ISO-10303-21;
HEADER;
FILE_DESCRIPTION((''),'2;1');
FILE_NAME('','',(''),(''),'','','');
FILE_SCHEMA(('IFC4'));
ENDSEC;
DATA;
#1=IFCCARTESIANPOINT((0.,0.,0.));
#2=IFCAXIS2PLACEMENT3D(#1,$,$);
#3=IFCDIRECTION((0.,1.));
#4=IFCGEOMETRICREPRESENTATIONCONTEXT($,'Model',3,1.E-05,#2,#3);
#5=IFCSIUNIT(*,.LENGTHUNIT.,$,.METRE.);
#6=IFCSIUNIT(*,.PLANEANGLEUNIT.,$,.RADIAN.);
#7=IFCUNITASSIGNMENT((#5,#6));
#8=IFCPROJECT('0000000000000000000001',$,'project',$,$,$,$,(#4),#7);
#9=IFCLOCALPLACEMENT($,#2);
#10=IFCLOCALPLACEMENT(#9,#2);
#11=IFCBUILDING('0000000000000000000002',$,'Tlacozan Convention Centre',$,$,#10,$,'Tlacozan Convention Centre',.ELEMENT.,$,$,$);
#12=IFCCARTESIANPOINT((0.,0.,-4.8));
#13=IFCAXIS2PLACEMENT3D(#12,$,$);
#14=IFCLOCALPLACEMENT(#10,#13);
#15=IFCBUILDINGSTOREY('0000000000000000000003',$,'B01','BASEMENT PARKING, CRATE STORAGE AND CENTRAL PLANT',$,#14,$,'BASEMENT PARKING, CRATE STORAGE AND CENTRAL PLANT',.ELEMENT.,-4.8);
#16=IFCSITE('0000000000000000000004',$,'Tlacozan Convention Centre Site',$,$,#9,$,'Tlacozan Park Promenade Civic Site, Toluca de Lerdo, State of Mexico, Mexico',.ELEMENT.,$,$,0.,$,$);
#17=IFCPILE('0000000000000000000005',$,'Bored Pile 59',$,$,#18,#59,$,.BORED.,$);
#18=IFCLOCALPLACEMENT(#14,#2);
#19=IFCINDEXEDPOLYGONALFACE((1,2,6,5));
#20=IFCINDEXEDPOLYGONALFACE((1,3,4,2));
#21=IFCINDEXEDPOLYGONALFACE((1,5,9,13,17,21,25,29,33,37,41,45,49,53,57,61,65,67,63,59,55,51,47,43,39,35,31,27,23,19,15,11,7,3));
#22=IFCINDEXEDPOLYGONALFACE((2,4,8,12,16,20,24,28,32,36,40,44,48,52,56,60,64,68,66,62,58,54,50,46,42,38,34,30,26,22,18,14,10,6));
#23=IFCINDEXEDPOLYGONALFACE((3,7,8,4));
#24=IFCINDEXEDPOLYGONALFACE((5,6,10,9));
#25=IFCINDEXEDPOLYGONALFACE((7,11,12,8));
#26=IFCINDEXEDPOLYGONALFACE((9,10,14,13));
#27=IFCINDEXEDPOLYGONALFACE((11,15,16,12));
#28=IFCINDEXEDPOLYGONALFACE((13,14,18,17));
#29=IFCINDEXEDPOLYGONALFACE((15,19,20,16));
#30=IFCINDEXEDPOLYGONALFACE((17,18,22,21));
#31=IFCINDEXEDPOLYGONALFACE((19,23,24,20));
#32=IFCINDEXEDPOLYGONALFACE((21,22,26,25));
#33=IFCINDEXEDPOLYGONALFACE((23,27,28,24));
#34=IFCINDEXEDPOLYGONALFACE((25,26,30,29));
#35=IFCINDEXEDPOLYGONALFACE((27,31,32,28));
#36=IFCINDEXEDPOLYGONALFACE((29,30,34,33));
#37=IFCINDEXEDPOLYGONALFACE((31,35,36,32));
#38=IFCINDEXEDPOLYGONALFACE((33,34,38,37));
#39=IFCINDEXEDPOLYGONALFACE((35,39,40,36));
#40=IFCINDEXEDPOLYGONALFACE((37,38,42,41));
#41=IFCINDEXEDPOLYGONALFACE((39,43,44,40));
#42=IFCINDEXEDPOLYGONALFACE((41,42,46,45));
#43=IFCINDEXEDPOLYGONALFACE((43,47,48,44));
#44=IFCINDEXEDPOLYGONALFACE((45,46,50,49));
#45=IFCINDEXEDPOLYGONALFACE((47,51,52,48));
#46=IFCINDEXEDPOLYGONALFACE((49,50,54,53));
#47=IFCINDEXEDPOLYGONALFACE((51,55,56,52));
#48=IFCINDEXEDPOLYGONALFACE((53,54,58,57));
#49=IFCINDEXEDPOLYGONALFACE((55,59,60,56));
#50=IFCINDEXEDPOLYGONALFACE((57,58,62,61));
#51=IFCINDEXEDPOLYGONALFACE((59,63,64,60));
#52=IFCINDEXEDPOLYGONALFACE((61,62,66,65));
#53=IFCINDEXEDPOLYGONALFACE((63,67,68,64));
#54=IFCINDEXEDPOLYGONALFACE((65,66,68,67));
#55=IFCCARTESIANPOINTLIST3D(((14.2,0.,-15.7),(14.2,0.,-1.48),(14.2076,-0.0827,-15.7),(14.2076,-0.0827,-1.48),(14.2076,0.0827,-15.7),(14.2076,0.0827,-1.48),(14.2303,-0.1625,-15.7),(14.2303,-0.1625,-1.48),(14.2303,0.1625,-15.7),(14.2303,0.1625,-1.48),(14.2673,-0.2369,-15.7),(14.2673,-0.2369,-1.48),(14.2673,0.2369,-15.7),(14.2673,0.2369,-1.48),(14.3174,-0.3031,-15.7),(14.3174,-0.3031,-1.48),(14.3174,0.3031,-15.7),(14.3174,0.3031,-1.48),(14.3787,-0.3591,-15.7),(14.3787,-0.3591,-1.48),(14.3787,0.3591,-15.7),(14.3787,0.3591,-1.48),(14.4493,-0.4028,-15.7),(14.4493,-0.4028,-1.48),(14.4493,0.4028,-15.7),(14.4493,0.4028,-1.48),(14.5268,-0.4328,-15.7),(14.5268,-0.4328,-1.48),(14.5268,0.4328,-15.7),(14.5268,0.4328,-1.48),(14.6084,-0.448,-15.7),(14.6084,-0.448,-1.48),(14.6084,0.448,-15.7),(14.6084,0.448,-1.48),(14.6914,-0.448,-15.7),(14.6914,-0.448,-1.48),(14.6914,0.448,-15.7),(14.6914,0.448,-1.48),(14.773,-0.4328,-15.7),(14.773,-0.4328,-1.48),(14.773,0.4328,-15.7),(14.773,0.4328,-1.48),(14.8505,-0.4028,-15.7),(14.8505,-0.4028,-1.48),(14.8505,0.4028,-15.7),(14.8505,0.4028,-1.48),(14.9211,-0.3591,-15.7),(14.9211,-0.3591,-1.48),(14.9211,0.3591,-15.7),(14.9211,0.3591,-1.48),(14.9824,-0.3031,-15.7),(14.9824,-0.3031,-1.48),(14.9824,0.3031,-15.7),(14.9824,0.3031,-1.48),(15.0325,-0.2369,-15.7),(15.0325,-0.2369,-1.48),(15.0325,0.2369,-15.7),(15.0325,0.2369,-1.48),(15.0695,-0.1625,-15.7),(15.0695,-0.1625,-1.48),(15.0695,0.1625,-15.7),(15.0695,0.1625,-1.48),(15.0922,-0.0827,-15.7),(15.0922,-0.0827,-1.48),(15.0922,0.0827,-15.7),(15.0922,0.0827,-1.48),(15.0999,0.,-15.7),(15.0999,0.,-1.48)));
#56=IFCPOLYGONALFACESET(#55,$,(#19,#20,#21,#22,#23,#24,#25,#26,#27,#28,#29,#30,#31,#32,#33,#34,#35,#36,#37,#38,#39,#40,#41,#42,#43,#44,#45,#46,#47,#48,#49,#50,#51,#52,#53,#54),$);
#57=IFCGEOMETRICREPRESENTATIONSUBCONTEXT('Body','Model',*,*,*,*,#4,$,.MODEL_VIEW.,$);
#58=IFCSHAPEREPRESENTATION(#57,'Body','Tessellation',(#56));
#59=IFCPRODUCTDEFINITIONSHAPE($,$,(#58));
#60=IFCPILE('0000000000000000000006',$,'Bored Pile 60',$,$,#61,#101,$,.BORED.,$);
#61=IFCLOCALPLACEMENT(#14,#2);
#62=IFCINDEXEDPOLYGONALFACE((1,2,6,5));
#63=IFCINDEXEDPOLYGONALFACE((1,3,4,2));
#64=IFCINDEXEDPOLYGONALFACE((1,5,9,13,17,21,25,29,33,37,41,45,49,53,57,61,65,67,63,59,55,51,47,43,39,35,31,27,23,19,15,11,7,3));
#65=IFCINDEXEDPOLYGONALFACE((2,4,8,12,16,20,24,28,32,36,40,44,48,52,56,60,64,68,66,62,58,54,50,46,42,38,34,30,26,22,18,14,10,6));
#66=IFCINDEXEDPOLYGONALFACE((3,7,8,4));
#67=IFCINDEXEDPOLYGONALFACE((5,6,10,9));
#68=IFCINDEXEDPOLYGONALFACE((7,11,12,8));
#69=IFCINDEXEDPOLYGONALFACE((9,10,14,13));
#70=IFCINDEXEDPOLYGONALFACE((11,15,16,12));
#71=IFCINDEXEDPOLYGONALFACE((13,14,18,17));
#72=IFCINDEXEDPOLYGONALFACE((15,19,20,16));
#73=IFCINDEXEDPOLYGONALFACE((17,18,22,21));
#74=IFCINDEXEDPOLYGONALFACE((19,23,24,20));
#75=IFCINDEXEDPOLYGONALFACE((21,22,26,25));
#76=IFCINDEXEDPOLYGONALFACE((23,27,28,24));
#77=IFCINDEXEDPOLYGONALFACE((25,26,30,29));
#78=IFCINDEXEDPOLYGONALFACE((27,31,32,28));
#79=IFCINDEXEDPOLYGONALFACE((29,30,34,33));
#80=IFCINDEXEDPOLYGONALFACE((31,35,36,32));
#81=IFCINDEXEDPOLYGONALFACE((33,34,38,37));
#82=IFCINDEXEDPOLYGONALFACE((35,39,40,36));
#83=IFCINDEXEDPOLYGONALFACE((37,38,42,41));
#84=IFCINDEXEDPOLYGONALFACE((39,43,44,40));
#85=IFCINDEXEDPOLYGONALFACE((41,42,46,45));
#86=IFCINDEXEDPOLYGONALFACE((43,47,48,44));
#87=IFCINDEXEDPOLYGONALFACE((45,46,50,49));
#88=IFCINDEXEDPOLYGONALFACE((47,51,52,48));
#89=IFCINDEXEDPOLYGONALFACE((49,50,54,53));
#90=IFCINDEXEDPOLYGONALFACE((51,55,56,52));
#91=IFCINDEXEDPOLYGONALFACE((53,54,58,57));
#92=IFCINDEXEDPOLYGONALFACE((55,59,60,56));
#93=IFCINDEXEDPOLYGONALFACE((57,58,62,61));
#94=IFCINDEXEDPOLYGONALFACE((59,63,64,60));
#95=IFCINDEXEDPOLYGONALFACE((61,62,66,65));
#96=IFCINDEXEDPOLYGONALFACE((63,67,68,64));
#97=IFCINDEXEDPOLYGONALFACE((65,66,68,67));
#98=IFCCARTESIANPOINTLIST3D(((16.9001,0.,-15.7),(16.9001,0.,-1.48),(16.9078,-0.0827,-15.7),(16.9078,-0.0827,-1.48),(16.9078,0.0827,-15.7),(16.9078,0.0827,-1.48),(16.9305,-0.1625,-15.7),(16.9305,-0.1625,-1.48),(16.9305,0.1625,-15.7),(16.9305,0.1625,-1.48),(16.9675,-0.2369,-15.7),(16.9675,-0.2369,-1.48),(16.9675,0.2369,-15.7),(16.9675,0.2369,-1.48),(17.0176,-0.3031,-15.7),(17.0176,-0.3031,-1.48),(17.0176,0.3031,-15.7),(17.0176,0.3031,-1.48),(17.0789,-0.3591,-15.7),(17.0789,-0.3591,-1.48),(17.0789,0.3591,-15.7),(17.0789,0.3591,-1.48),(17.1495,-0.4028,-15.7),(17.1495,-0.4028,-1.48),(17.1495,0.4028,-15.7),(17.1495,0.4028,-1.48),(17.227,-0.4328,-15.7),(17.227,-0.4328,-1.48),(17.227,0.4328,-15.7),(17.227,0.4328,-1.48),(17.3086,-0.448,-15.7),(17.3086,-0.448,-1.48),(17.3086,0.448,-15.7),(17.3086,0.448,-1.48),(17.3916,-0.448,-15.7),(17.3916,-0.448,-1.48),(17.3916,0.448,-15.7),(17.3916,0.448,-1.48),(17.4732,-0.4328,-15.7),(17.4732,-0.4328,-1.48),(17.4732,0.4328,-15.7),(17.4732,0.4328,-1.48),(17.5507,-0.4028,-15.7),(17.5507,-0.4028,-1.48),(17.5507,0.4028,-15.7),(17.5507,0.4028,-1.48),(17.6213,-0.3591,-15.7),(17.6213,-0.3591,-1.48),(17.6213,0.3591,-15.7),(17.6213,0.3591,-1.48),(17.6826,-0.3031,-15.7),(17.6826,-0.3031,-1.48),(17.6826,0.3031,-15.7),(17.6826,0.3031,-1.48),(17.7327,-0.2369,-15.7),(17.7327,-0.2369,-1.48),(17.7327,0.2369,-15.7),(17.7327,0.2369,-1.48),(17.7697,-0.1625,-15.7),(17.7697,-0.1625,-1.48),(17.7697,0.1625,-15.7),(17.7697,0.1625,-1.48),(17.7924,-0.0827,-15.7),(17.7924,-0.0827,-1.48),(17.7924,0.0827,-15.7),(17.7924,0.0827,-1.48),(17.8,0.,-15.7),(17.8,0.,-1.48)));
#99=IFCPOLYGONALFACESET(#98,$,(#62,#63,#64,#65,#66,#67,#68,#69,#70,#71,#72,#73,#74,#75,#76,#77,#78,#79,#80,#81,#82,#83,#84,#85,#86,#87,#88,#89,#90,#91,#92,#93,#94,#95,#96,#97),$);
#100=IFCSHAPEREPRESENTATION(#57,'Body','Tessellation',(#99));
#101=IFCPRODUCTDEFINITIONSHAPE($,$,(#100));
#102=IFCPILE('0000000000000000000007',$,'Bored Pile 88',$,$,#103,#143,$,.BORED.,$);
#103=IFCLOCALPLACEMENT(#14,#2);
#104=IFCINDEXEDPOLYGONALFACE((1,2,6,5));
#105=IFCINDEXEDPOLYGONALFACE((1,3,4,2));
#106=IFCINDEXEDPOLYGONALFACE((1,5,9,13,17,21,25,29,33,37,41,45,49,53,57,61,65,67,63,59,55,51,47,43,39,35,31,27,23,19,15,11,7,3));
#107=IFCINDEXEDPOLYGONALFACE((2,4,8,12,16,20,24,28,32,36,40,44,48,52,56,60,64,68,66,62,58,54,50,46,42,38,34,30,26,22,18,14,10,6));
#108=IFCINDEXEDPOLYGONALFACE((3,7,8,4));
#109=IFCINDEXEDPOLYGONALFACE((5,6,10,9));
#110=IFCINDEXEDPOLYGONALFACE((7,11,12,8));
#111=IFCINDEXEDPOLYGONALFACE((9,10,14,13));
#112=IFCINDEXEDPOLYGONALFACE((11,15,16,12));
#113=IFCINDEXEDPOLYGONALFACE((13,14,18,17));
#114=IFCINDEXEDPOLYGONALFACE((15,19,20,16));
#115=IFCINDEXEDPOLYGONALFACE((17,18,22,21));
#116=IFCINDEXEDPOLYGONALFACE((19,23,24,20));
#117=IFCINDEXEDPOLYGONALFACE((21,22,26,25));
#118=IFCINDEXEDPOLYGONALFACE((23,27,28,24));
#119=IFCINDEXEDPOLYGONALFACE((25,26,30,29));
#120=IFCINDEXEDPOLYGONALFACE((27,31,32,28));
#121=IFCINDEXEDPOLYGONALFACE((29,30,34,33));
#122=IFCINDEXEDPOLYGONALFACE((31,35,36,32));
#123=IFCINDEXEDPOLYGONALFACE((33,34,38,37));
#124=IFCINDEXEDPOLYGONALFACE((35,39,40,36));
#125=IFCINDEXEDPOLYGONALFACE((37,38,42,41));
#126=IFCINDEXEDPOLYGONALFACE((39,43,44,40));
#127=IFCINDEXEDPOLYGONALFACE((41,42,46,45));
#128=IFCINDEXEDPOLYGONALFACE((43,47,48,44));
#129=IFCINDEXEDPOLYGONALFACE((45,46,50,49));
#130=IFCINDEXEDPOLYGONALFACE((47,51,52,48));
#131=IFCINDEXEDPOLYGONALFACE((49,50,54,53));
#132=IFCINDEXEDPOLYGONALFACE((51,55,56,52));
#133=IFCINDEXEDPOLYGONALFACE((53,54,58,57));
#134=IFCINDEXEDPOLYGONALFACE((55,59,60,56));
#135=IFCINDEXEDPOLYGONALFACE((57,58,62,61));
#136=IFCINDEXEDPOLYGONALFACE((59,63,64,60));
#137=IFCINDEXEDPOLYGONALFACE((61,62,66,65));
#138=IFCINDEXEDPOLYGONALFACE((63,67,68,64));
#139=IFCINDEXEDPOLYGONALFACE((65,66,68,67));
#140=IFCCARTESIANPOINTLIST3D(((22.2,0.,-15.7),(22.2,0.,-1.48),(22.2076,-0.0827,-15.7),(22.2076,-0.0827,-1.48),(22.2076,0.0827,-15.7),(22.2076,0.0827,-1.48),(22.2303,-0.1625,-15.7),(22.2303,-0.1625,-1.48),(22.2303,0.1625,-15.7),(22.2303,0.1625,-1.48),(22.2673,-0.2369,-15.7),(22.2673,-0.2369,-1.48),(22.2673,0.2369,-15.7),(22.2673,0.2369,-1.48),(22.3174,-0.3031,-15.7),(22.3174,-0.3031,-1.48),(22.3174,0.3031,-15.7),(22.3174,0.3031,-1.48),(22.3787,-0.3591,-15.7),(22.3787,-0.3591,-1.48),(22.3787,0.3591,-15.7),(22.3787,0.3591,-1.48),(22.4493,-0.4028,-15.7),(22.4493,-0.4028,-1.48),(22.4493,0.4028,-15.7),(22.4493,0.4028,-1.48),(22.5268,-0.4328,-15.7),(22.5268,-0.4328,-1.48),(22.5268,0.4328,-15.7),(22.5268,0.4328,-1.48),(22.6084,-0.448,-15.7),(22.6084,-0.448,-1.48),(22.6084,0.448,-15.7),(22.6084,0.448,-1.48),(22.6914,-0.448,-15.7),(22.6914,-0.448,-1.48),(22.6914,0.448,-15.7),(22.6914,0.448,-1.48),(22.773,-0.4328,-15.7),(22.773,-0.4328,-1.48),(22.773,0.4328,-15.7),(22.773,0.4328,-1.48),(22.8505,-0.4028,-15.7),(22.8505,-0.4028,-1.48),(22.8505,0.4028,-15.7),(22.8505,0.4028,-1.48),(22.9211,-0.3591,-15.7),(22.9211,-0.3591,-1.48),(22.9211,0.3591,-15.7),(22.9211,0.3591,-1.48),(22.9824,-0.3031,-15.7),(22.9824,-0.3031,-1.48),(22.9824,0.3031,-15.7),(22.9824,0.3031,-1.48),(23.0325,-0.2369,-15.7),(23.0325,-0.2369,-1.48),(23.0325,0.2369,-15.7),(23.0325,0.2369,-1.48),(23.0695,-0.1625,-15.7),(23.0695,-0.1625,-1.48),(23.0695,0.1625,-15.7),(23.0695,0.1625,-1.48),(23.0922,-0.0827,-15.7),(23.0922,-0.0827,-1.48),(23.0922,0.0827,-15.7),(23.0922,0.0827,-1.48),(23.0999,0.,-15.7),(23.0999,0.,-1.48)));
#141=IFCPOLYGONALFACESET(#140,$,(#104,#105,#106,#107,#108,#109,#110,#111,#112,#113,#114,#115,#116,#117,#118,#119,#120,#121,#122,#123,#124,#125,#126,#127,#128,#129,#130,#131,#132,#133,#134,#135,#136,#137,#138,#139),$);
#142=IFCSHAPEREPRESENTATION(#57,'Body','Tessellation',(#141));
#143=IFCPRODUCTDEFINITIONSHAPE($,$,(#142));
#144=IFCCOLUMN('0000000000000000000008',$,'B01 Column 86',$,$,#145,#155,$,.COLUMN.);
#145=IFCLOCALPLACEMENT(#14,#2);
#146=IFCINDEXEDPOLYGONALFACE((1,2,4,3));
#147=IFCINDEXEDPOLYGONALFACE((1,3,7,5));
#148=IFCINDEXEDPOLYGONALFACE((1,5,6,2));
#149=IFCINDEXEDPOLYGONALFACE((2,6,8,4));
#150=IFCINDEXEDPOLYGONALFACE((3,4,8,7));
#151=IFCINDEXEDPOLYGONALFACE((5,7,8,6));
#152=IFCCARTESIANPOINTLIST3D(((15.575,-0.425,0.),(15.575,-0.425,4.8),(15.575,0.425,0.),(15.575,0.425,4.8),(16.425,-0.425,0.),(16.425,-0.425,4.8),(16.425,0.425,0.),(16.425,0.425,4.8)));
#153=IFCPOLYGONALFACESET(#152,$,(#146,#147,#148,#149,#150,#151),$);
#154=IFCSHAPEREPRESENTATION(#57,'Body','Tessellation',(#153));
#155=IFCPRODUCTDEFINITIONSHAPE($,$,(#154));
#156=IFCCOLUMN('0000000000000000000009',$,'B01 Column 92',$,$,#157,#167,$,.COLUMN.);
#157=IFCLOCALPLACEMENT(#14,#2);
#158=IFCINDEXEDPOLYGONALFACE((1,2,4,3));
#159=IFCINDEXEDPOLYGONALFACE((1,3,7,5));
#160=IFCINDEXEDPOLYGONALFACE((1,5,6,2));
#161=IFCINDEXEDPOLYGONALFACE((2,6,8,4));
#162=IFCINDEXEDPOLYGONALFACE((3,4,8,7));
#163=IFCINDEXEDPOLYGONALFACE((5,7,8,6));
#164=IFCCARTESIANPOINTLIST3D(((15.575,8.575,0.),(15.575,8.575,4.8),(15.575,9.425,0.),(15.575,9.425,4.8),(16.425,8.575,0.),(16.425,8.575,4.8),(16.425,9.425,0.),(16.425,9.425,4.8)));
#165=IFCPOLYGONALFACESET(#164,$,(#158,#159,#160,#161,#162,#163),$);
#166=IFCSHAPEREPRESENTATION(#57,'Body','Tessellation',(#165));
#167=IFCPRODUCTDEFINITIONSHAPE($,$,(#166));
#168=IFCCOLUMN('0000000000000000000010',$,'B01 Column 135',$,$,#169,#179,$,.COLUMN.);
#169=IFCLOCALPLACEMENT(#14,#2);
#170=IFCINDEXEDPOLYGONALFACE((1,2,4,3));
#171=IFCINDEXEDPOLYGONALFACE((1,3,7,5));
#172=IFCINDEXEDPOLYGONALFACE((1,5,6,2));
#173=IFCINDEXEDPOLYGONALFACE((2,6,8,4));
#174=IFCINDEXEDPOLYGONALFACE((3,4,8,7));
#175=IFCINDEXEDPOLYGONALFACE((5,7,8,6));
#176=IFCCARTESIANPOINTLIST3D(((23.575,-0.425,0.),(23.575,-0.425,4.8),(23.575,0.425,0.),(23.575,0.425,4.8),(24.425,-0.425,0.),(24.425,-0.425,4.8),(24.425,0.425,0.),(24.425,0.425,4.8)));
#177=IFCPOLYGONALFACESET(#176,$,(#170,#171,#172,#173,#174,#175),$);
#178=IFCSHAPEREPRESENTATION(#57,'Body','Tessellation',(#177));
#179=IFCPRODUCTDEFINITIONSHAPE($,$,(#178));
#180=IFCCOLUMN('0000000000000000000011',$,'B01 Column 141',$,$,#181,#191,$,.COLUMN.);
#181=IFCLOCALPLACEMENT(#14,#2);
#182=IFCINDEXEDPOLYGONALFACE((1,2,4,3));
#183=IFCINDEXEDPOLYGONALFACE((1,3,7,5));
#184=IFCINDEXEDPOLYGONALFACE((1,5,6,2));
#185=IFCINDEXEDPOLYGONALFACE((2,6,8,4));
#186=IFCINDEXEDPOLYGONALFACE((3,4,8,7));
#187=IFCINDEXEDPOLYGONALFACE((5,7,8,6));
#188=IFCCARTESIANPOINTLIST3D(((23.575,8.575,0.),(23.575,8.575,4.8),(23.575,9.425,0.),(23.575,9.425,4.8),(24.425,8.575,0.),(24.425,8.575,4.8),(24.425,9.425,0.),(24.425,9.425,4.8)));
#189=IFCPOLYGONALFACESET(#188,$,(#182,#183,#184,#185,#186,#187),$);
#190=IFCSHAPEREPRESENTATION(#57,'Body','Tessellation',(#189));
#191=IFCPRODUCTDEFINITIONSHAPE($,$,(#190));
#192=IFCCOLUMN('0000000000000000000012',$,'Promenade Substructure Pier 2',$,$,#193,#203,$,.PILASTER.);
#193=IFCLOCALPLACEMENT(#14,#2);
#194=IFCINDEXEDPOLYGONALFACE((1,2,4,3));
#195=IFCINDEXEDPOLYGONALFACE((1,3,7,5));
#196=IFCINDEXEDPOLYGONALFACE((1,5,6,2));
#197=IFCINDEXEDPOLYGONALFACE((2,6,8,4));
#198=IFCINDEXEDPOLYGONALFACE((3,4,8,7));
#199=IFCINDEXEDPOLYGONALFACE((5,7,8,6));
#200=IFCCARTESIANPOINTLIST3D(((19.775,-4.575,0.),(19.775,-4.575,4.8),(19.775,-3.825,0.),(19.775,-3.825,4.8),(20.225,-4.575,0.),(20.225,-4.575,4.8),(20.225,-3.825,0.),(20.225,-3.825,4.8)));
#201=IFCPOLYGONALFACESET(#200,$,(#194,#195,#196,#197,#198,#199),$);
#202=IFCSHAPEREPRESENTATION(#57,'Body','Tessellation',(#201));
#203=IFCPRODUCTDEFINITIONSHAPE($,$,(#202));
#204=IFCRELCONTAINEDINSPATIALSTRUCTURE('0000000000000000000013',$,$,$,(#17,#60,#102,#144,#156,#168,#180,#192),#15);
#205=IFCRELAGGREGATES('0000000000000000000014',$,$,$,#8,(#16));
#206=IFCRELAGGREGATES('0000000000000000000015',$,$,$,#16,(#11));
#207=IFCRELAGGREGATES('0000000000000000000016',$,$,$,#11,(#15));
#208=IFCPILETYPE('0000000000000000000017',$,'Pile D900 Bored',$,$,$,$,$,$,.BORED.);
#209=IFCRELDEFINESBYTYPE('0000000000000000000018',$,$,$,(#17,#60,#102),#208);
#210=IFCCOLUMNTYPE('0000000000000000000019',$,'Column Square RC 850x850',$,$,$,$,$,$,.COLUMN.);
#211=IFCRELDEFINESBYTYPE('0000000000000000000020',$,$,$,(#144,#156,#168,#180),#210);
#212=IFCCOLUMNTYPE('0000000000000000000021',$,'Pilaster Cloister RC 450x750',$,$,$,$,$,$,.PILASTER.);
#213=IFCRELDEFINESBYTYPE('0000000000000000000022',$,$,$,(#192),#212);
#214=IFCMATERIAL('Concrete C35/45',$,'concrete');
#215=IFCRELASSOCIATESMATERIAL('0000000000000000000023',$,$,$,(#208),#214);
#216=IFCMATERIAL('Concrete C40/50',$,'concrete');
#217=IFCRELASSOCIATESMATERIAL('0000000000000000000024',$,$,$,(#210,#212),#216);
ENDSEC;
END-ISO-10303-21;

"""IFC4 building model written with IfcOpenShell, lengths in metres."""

from ifc_helpers import new_model, si_unit, direction, frame, origin, origin_2d, place, context, subcontext, project, spatial, rectangle, circle, extrude, material, material_profile, profile_set, type_object, element, save


model = new_model("IFC4")

# Units and contexts
model_context = context("Model", 3, precision=1e-05, world=origin(), true_north=direction((0.0, 1.0)))
body_context = subcontext(model_context, "Body", "Model", "MODEL_VIEW")
ifc_project = project(units=[si_unit("LENGTHUNIT", "METRE"), si_unit("PLANEANGLEUNIT", "RADIAN")], contexts=[model_context])

# Site, building, storey
site_placement = place(None, origin())
site = spatial("IfcSite", under=ifc_project, at=site_placement, Name="Tlacozan Convention Centre Site", LongName="Tlacozan Park Promenade Civic Site, Toluca de Lerdo, State of Mexico, Mexico", CompositionType="ELEMENT", RefElevation=0.0)
building_placement = place(site_placement, origin())
building = spatial("IfcBuilding", under=site, at=building_placement, Name="Tlacozan Convention Centre", LongName="Tlacozan Convention Centre", CompositionType="ELEMENT")
storey_placement = place(building_placement, frame((0.0, 0.0, -4.8)))
storey = spatial("IfcBuildingStorey", under=building, at=storey_placement, Name="B01", Description="BASEMENT PARKING, CRATE STORAGE AND CENTRAL PLANT", LongName="BASEMENT PARKING, CRATE STORAGE AND CENTRAL PLANT", CompositionType="ELEMENT", Elevation=-4.8)

# Shared definitions
ifc_material_1 = material(Name="Concrete C35/45", Category="concrete")

# Piles
ifc_material_profile_1 = material_profile(ifc_material_1, circle(Radius=0.45, at=origin_2d()), Name="PILE D900")
ifc_profile_set_1 = profile_set([ifc_material_profile_1], Name="Concrete C35/45")
pile_type_1 = type_object("IfcPileType", Name="Pile D900 Bored", PredefinedType="BORED", material=ifc_profile_set_1)
for number, where, z_axis, x_axis, name in (
    (1, (14.6499, 0.0, -1.48), (0.0, 0.0, -1.0), (1.0, 0.0, 0.0), "Bored Pile 59"),
    (2, (17.3501, 0.0, -1.48), (0.0, 0.0, -1.0), (1.0, 0.0, 0.0), "Bored Pile 60"),
    (3, (22.6499, 0.0, -1.48), (0.0, 0.0, -1.0), (1.0, 0.0, 0.0), "Bored Pile 88"),
):
    element("IfcPile", number, at=place(storey_placement, frame(where, z_axis=z_axis, x_axis=x_axis)), inside=storey, type_object=pile_type_1, Name=name, PredefinedType="BORED", context=body_context, shape_type="SweptSolid", body=[
        extrude(circle(Radius=0.45, at=origin_2d()), origin(), (0.0, 0.0, 1.0), 14.22),
    ])

# Columns
ifc_material_2 = material(Name="Concrete C40/50", Category="concrete")
ifc_material_profile_2 = material_profile(ifc_material_2, rectangle(XDim=0.8501, YDim=0.8501, at=origin_2d()), Name="RC 850x850")
ifc_profile_set_2 = profile_set([ifc_material_profile_2], Name="Concrete C40/50")
column_type_1 = type_object("IfcColumnType", Name="Column Square RC 850x850", PredefinedType="COLUMN", material=ifc_profile_set_2)
for number, where, z_axis, x_axis, name in (
    (4, (16.0, 0.0, 0.0), (0.0, 0.0, 1.0), (1.0, 0.0, 0.0), "B01 Column 86"),
    (5, (16.0, 9.0, 0.0), (0.0, 0.0, 1.0), (1.0, 0.0, 0.0), "B01 Column 92"),
    (6, (24.0, 0.0, 0.0), (0.0, 0.0, 1.0), (1.0, 0.0, 0.0), "B01 Column 135"),
    (7, (24.0, 9.0, 0.0), (0.0, 0.0, 1.0), (1.0, 0.0, 0.0), "B01 Column 141"),
):
    element("IfcColumn", number, at=place(storey_placement, frame(where, z_axis=z_axis, x_axis=x_axis)), inside=storey, type_object=column_type_1, Name=name, PredefinedType="COLUMN", context=body_context, shape_type="SweptSolid", body=[
        extrude(rectangle(XDim=0.8501, YDim=0.8501, at=origin_2d()), origin(), (0.0, 0.0, 1.0), 4.8),
    ])
ifc_material_profile_3 = material_profile(ifc_material_2, rectangle(XDim=0.45, YDim=0.75, at=origin_2d()), Name="RC 450x750")
ifc_profile_set_3 = profile_set([ifc_material_profile_3], Name="Concrete C40/50")
column_type_2 = type_object("IfcColumnType", Name="Pilaster Cloister RC 450x750", PredefinedType="PILASTER", material=ifc_profile_set_3)
column_placement = place(storey_placement, frame((20.0, -4.2, 0.0), z_axis=(0.0, 0.0, 1.0), x_axis=(1.0, 0.0, 0.0)))
element("IfcColumn", 8, at=column_placement, inside=storey, type_object=column_type_2, Name="Promenade Substructure Pier 2", PredefinedType="PILASTER", context=body_context, shape_type="SweptSolid", body=[
    extrude(rectangle(XDim=0.45, YDim=0.75, at=origin_2d()), origin(), (0.0, 0.0, 1.0), 4.8),
])

save(model, "model.ifc")
